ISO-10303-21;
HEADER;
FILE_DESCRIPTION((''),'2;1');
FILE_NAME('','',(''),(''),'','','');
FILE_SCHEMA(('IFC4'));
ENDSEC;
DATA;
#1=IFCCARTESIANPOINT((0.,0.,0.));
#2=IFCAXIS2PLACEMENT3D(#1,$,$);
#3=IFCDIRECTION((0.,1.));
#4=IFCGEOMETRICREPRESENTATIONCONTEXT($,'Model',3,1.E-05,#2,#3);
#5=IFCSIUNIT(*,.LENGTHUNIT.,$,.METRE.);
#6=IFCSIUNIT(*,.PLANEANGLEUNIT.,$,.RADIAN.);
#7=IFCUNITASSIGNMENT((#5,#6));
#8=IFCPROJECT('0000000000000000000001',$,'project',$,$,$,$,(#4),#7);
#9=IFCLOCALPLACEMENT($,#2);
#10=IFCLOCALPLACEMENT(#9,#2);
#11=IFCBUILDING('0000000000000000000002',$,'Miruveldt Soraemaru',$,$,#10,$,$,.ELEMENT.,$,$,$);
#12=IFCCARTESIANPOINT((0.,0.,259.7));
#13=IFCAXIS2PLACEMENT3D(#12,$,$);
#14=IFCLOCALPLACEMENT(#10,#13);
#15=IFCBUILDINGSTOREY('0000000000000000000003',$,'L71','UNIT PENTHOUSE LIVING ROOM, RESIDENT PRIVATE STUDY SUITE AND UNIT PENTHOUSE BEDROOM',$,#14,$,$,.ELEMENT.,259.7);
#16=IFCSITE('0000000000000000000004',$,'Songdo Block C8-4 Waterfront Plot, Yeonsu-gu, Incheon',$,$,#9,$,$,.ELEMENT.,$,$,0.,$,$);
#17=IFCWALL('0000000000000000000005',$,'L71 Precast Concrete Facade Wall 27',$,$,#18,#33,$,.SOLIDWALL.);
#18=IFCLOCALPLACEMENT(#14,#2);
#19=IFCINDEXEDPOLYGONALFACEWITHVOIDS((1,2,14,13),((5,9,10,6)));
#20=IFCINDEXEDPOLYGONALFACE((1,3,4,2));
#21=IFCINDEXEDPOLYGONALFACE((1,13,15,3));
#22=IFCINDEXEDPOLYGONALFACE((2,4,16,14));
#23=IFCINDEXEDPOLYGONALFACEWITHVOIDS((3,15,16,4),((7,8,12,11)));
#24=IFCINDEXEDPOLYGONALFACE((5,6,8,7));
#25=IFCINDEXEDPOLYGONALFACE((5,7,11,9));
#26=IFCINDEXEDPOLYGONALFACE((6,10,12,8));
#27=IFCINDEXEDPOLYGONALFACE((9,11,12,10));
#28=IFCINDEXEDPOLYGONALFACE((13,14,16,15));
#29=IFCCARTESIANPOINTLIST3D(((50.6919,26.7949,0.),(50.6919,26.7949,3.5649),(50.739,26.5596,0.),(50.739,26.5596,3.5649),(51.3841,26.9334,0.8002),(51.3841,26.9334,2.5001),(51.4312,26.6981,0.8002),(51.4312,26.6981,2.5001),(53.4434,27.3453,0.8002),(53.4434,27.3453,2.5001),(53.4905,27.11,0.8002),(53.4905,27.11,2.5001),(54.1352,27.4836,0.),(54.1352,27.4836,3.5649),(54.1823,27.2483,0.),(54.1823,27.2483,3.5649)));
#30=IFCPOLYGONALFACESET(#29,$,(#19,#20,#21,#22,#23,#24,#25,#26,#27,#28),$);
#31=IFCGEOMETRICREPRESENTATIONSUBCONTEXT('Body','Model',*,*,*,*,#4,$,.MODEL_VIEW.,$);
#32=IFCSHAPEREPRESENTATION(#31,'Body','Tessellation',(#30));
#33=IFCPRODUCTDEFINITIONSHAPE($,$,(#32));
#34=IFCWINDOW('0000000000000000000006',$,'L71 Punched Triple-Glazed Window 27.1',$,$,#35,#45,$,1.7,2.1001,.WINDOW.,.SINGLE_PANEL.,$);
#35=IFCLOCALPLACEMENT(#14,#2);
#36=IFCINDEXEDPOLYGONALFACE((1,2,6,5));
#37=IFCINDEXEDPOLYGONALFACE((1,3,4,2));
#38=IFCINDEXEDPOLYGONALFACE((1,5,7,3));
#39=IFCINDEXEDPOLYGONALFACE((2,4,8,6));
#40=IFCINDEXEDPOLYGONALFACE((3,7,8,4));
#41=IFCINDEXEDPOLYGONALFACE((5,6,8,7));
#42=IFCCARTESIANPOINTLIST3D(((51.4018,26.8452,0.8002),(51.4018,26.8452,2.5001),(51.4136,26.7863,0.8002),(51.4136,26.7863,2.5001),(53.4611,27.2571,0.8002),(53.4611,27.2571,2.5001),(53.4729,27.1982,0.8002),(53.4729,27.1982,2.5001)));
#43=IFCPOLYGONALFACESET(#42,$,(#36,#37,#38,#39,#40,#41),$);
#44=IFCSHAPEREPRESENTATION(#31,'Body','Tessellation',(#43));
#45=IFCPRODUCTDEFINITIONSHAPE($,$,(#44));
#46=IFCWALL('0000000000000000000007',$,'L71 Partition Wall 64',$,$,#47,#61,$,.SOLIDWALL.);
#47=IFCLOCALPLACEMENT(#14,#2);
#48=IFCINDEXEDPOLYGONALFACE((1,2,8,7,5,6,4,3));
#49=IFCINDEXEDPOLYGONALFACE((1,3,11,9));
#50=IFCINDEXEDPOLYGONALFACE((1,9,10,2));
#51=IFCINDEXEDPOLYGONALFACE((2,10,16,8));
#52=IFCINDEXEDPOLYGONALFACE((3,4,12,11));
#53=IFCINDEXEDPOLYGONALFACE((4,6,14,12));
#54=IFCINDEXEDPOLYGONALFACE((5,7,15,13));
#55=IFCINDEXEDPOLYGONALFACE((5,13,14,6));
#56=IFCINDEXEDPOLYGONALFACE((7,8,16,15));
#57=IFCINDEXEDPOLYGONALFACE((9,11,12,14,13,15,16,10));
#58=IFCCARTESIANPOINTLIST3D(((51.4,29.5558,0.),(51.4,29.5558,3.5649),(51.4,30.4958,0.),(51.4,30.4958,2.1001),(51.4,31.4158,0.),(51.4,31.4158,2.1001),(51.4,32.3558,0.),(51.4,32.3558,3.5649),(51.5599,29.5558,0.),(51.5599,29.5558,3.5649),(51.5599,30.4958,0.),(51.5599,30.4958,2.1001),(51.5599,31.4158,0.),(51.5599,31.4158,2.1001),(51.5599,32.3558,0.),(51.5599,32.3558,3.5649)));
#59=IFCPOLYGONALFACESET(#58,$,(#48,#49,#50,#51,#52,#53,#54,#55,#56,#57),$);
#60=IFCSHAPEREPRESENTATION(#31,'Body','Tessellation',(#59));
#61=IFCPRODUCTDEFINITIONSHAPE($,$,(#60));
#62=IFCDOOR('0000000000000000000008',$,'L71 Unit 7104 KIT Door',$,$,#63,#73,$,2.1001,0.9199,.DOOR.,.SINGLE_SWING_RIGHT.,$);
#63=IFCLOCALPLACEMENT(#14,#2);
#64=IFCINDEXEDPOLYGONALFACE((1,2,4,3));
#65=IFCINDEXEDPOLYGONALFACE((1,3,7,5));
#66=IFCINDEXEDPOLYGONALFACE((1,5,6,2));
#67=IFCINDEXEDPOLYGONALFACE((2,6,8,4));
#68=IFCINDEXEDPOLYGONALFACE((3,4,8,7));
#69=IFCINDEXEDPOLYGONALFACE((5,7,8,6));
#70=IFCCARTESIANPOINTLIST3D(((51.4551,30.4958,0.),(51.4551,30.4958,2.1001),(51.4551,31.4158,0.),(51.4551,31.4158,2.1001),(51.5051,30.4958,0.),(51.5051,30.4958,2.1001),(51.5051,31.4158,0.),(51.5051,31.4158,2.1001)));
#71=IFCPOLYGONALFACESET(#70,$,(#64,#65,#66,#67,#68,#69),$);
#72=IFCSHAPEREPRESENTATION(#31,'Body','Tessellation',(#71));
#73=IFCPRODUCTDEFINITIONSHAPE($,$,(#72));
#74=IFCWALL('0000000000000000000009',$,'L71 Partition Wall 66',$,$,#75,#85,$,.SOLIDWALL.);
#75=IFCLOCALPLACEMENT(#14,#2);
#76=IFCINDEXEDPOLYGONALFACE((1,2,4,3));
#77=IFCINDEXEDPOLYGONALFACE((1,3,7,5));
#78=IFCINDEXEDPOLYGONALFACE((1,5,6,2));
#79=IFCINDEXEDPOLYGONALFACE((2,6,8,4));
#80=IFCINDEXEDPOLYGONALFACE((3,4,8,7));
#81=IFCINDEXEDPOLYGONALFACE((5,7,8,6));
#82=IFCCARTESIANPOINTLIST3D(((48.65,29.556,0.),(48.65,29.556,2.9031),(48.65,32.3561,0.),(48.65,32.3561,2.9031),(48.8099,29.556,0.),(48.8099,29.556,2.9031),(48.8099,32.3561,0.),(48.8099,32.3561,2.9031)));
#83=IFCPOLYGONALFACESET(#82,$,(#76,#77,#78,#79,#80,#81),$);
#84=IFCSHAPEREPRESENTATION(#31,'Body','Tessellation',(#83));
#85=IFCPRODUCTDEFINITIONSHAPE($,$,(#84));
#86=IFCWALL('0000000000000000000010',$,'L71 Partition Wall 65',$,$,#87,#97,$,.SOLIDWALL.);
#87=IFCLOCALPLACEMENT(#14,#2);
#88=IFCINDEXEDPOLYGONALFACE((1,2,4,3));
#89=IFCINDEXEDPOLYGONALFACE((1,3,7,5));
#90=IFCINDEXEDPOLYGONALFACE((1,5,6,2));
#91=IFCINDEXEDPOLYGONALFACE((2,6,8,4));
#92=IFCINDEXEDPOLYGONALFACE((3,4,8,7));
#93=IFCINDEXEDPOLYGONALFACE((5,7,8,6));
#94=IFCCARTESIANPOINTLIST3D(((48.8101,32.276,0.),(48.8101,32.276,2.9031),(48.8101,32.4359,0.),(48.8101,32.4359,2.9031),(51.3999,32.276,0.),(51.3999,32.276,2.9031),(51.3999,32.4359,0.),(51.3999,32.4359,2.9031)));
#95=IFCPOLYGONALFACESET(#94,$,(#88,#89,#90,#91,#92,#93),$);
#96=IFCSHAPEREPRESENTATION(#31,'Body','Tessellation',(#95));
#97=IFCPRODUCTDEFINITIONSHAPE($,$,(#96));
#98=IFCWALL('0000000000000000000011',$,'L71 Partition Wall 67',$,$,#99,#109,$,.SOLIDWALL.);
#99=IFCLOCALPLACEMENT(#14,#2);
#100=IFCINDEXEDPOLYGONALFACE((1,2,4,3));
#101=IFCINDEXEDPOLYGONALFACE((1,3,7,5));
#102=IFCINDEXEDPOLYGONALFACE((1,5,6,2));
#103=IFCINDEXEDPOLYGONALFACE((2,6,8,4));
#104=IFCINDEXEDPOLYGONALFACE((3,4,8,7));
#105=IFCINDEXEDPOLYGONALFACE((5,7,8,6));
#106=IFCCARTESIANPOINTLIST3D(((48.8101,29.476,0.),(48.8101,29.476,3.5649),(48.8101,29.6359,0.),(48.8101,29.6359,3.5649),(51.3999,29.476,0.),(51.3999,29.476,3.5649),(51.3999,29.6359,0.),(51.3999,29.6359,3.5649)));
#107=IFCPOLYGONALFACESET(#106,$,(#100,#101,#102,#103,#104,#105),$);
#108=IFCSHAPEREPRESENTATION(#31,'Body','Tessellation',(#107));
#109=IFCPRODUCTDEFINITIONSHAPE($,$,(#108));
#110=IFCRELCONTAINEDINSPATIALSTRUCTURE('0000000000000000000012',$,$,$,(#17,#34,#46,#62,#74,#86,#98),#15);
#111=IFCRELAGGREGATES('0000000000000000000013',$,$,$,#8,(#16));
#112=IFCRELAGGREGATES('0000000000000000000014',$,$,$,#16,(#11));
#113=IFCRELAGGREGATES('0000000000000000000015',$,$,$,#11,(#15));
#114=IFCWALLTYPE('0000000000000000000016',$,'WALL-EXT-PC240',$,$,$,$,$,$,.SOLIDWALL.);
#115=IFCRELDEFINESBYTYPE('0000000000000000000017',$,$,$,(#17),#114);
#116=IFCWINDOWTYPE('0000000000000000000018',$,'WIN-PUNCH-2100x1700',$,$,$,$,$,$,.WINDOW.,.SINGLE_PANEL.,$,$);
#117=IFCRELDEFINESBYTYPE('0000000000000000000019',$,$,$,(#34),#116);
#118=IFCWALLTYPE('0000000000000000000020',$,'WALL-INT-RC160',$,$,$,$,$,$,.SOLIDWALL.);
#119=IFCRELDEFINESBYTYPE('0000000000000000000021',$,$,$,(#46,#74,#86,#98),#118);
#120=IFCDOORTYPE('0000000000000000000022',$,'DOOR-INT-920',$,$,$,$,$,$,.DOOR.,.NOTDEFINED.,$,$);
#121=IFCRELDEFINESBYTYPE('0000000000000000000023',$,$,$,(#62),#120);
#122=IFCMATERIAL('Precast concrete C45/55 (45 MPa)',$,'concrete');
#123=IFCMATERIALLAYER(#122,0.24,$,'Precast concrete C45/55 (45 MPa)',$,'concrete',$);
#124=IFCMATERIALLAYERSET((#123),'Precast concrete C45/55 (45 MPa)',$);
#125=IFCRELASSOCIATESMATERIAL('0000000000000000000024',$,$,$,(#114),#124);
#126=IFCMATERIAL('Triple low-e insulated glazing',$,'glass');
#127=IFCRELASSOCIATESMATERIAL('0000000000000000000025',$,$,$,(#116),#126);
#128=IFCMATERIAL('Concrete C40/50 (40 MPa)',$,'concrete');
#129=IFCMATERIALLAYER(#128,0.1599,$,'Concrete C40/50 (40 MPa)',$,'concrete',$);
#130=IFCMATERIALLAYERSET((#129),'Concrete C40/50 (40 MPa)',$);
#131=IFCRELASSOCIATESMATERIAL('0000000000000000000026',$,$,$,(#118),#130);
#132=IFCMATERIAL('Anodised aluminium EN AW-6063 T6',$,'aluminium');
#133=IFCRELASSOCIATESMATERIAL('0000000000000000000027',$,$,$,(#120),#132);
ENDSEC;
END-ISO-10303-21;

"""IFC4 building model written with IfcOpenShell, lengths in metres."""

from ifc_helpers import new_model, si_unit, direction, frame, frame_2d, origin, place, context, subcontext, project, spatial, rectangle, extrude, material, layer, layer_set, type_object, element, fill, save


model = new_model("IFC4")

# Units and contexts
model_context = context("Model", 3, precision=1e-05, world=origin(), true_north=direction((0.0, 1.0)))
body_context = subcontext(model_context, "Body", "Model", "MODEL_VIEW")
ifc_project = project(units=[si_unit("LENGTHUNIT", "METRE"), si_unit("PLANEANGLEUNIT", "RADIAN")], contexts=[model_context])

# Site, building, storey
site_placement = place(None, origin())
site = spatial("IfcSite", under=ifc_project, at=site_placement, Name="Songdo Block C8-4 Waterfront Plot, Yeonsu-gu, Incheon", CompositionType="ELEMENT", RefElevation=0.0)
building_placement = place(site_placement, origin())
building = spatial("IfcBuilding", under=site, at=building_placement, Name="Miruveldt Soraemaru", CompositionType="ELEMENT")
storey_placement = place(building_placement, frame((0.0, 0.0, 259.7)))
storey = spatial("IfcBuildingStorey", under=building, at=storey_placement, Name="L71", Description="UNIT PENTHOUSE LIVING ROOM, RESIDENT PRIVATE STUDY SUITE AND UNIT PENTHOUSE BEDROOM", CompositionType="ELEMENT", Elevation=259.7)

# Wall, opening, window
ifc_material_1 = material(Name="Precast concrete C45/55 (45 MPa)", Category="concrete")
ifc_layer_1 = layer(ifc_material_1, 0.24, Name="Precast concrete C45/55 (45 MPa)", Category="concrete")
ifc_layer_set_1 = layer_set([ifc_layer_1], Name="Precast concrete C45/55 (45 MPa)")
wall_type_1 = type_object("IfcWallType", Name="WALL-EXT-PC240", PredefinedType="SOLIDWALL", material=ifc_layer_set_1)
wall_1_placement = place(storey_placement, frame((50.7153, 26.6772, 0.0), z_axis=(0.0, 0.0, 1.0), x_axis=(0.980578, 0.19613, 0.0)))
wall_1 = element("IfcWall", 1, at=wall_1_placement, inside=storey, type_object=wall_type_1, Name="L71 Precast Concrete Facade Wall 27", PredefinedType="SOLIDWALL", context=body_context, shape_type="SweptSolid", body=[
    extrude(rectangle(XDim=3.5115, YDim=0.24, at=frame_2d((1.7559, 0.0))), origin(), (0.0, 0.0, 1.0), 3.5649),
])
opening_1_placement = place(wall_1_placement, frame((0.7061, 0.0, 0.8)))
opening_1 = element("IfcOpeningElement", 2, at=opening_1_placement, cuts=wall_1, PredefinedType="OPENING", context=body_context, shape_type="SweptSolid", body=[
    extrude(rectangle(XDim=2.1001, YDim=1.7, at=frame_2d((1.05, 0.8501))), frame((0.0, 0.1299, 0.0), z_axis=(0.0, -1.0, 0.0), x_axis=(1.0, 0.0, 0.0)), (0.0, 0.0, 1.0), 0.26),
])
ifc_material_2 = material(Name="Triple low-e insulated glazing", Category="glass")
window_type = type_object("IfcWindowType", Name="WIN-PUNCH-2100x1700", PartitioningType="SINGLE_PANEL", PredefinedType="WINDOW", material=ifc_material_2)
window_placement = place(opening_1_placement, origin())
window = element("IfcWindow", 3, at=window_placement, inside=storey, type_object=window_type, Name="L71 Punched Triple-Glazed Window 27.1", OverallHeight=1.7, OverallWidth=2.1001, PartitioningType="SINGLE_PANEL", PredefinedType="WINDOW", context=body_context, shape_type="SweptSolid", body=[
    extrude(rectangle(XDim=2.1001, YDim=1.7, at=frame_2d((1.05, 0.8501))), frame((0.0, 0.03, 0.0), z_axis=(0.0, -1.0, 0.0), x_axis=(1.0, 0.0, 0.0)), (0.0, 0.0, 1.0), 0.0601),
])
fill(opening_1, window)

# Wall, opening, door
ifc_material_3 = material(Name="Concrete C40/50 (40 MPa)", Category="concrete")
ifc_layer_2 = layer(ifc_material_3, 0.1599, Name="Concrete C40/50 (40 MPa)", Category="concrete")
ifc_layer_set_2 = layer_set([ifc_layer_2], Name="Concrete C40/50 (40 MPa)")
wall_type_2 = type_object("IfcWallType", Name="WALL-INT-RC160", PredefinedType="SOLIDWALL", material=ifc_layer_set_2)
wall_2_placement = place(storey_placement, frame((51.48, 29.5559, 0.0), z_axis=(0.0, 0.0, 1.0), x_axis=(0.0, 1.0, 0.0)))
wall_2 = element("IfcWall", 4, at=wall_2_placement, inside=storey, type_object=wall_type_2, Name="L71 Partition Wall 64", PredefinedType="SOLIDWALL", context=body_context, shape_type="SweptSolid", body=[
    extrude(rectangle(XDim=2.8, YDim=0.1599, at=frame_2d((1.3999, 0.0))), origin(), (0.0, 0.0, 1.0), 3.5649),
])
opening_2_placement = place(wall_2_placement, frame((0.9399, 0.0, 0.0)))
opening_2 = element("IfcOpeningElement", 5, at=opening_2_placement, cuts=wall_2, PredefinedType="OPENING", context=body_context, shape_type="SweptSolid", body=[
    extrude(rectangle(XDim=0.9199, YDim=2.1001, at=frame_2d((0.46, 1.05))), frame((0.0, 0.0898, 0.0), z_axis=(0.0, -1.0, 0.0), x_axis=(1.0, 0.0, 0.0)), (0.0, 0.0, 1.0), 0.1799),
])
ifc_material_4 = material(Name="Anodised aluminium EN AW-6063 T6", Category="aluminium")
door_type = type_object("IfcDoorType", Name="DOOR-INT-920", OperationType="NOTDEFINED", PredefinedType="DOOR", material=ifc_material_4)
door_placement = place(opening_2_placement, origin())
door = element("IfcDoor", 6, at=door_placement, inside=storey, type_object=door_type, Name="L71 Unit 7104 KIT Door", OperationType="SINGLE_SWING_RIGHT", OverallHeight=2.1001, OverallWidth=0.9199, PredefinedType="DOOR", context=body_context, shape_type="SweptSolid", body=[
    extrude(rectangle(XDim=0.9199, YDim=2.1001, at=frame_2d((0.46, 1.05))), frame((0.0, 0.0249, 0.0), z_axis=(0.0, -1.0, 0.0), x_axis=(1.0, 0.0, 0.0)), (0.0, 0.0, 1.0), 0.05),
])
fill(opening_2, door)

# Walls
wall_3_placement = place(storey_placement, frame((48.73, 32.356, 0.0), z_axis=(0.0, 0.0, 1.0), x_axis=(0.0, -1.0, 0.0)))
element("IfcWall", 7, at=wall_3_placement, inside=storey, type_object=wall_type_2, Name="L71 Partition Wall 66", PredefinedType="SOLIDWALL", context=body_context, shape_type="SweptSolid", body=[
    extrude(rectangle(XDim=2.8, YDim=0.1599, at=frame_2d((1.3999, 0.0))), origin(), (0.0, 0.0, 1.0), 2.9031),
])
wall_4_placement = place(storey_placement, frame((51.3999, 32.356, 0.0), z_axis=(0.0, 0.0, 1.0), x_axis=(-1.0, 0.0, 0.0)))
element("IfcWall", 8, at=wall_4_placement, inside=storey, type_object=wall_type_2, Name="L71 Partition Wall 65", PredefinedType="SOLIDWALL", context=body_context, shape_type="SweptSolid", body=[
    extrude(rectangle(XDim=2.5898, YDim=0.1599, at=frame_2d((1.2949, 0.0))), origin(), (0.0, 0.0, 1.0), 2.9031),
])
wall_5_placement = place(storey_placement, frame((48.8101, 29.5559, 0.0), z_axis=(0.0, 0.0, 1.0), x_axis=(1.0, 0.0, 0.0)))
element("IfcWall", 9, at=wall_5_placement, inside=storey, type_object=wall_type_2, Name="L71 Partition Wall 67", PredefinedType="SOLIDWALL", context=body_context, shape_type="SweptSolid", body=[
    extrude(rectangle(XDim=2.5898, YDim=0.1599, at=frame_2d((1.2949, 0.0))), origin(), (0.0, 0.0, 1.0), 3.5649),
])

save(model, "model.ifc")
